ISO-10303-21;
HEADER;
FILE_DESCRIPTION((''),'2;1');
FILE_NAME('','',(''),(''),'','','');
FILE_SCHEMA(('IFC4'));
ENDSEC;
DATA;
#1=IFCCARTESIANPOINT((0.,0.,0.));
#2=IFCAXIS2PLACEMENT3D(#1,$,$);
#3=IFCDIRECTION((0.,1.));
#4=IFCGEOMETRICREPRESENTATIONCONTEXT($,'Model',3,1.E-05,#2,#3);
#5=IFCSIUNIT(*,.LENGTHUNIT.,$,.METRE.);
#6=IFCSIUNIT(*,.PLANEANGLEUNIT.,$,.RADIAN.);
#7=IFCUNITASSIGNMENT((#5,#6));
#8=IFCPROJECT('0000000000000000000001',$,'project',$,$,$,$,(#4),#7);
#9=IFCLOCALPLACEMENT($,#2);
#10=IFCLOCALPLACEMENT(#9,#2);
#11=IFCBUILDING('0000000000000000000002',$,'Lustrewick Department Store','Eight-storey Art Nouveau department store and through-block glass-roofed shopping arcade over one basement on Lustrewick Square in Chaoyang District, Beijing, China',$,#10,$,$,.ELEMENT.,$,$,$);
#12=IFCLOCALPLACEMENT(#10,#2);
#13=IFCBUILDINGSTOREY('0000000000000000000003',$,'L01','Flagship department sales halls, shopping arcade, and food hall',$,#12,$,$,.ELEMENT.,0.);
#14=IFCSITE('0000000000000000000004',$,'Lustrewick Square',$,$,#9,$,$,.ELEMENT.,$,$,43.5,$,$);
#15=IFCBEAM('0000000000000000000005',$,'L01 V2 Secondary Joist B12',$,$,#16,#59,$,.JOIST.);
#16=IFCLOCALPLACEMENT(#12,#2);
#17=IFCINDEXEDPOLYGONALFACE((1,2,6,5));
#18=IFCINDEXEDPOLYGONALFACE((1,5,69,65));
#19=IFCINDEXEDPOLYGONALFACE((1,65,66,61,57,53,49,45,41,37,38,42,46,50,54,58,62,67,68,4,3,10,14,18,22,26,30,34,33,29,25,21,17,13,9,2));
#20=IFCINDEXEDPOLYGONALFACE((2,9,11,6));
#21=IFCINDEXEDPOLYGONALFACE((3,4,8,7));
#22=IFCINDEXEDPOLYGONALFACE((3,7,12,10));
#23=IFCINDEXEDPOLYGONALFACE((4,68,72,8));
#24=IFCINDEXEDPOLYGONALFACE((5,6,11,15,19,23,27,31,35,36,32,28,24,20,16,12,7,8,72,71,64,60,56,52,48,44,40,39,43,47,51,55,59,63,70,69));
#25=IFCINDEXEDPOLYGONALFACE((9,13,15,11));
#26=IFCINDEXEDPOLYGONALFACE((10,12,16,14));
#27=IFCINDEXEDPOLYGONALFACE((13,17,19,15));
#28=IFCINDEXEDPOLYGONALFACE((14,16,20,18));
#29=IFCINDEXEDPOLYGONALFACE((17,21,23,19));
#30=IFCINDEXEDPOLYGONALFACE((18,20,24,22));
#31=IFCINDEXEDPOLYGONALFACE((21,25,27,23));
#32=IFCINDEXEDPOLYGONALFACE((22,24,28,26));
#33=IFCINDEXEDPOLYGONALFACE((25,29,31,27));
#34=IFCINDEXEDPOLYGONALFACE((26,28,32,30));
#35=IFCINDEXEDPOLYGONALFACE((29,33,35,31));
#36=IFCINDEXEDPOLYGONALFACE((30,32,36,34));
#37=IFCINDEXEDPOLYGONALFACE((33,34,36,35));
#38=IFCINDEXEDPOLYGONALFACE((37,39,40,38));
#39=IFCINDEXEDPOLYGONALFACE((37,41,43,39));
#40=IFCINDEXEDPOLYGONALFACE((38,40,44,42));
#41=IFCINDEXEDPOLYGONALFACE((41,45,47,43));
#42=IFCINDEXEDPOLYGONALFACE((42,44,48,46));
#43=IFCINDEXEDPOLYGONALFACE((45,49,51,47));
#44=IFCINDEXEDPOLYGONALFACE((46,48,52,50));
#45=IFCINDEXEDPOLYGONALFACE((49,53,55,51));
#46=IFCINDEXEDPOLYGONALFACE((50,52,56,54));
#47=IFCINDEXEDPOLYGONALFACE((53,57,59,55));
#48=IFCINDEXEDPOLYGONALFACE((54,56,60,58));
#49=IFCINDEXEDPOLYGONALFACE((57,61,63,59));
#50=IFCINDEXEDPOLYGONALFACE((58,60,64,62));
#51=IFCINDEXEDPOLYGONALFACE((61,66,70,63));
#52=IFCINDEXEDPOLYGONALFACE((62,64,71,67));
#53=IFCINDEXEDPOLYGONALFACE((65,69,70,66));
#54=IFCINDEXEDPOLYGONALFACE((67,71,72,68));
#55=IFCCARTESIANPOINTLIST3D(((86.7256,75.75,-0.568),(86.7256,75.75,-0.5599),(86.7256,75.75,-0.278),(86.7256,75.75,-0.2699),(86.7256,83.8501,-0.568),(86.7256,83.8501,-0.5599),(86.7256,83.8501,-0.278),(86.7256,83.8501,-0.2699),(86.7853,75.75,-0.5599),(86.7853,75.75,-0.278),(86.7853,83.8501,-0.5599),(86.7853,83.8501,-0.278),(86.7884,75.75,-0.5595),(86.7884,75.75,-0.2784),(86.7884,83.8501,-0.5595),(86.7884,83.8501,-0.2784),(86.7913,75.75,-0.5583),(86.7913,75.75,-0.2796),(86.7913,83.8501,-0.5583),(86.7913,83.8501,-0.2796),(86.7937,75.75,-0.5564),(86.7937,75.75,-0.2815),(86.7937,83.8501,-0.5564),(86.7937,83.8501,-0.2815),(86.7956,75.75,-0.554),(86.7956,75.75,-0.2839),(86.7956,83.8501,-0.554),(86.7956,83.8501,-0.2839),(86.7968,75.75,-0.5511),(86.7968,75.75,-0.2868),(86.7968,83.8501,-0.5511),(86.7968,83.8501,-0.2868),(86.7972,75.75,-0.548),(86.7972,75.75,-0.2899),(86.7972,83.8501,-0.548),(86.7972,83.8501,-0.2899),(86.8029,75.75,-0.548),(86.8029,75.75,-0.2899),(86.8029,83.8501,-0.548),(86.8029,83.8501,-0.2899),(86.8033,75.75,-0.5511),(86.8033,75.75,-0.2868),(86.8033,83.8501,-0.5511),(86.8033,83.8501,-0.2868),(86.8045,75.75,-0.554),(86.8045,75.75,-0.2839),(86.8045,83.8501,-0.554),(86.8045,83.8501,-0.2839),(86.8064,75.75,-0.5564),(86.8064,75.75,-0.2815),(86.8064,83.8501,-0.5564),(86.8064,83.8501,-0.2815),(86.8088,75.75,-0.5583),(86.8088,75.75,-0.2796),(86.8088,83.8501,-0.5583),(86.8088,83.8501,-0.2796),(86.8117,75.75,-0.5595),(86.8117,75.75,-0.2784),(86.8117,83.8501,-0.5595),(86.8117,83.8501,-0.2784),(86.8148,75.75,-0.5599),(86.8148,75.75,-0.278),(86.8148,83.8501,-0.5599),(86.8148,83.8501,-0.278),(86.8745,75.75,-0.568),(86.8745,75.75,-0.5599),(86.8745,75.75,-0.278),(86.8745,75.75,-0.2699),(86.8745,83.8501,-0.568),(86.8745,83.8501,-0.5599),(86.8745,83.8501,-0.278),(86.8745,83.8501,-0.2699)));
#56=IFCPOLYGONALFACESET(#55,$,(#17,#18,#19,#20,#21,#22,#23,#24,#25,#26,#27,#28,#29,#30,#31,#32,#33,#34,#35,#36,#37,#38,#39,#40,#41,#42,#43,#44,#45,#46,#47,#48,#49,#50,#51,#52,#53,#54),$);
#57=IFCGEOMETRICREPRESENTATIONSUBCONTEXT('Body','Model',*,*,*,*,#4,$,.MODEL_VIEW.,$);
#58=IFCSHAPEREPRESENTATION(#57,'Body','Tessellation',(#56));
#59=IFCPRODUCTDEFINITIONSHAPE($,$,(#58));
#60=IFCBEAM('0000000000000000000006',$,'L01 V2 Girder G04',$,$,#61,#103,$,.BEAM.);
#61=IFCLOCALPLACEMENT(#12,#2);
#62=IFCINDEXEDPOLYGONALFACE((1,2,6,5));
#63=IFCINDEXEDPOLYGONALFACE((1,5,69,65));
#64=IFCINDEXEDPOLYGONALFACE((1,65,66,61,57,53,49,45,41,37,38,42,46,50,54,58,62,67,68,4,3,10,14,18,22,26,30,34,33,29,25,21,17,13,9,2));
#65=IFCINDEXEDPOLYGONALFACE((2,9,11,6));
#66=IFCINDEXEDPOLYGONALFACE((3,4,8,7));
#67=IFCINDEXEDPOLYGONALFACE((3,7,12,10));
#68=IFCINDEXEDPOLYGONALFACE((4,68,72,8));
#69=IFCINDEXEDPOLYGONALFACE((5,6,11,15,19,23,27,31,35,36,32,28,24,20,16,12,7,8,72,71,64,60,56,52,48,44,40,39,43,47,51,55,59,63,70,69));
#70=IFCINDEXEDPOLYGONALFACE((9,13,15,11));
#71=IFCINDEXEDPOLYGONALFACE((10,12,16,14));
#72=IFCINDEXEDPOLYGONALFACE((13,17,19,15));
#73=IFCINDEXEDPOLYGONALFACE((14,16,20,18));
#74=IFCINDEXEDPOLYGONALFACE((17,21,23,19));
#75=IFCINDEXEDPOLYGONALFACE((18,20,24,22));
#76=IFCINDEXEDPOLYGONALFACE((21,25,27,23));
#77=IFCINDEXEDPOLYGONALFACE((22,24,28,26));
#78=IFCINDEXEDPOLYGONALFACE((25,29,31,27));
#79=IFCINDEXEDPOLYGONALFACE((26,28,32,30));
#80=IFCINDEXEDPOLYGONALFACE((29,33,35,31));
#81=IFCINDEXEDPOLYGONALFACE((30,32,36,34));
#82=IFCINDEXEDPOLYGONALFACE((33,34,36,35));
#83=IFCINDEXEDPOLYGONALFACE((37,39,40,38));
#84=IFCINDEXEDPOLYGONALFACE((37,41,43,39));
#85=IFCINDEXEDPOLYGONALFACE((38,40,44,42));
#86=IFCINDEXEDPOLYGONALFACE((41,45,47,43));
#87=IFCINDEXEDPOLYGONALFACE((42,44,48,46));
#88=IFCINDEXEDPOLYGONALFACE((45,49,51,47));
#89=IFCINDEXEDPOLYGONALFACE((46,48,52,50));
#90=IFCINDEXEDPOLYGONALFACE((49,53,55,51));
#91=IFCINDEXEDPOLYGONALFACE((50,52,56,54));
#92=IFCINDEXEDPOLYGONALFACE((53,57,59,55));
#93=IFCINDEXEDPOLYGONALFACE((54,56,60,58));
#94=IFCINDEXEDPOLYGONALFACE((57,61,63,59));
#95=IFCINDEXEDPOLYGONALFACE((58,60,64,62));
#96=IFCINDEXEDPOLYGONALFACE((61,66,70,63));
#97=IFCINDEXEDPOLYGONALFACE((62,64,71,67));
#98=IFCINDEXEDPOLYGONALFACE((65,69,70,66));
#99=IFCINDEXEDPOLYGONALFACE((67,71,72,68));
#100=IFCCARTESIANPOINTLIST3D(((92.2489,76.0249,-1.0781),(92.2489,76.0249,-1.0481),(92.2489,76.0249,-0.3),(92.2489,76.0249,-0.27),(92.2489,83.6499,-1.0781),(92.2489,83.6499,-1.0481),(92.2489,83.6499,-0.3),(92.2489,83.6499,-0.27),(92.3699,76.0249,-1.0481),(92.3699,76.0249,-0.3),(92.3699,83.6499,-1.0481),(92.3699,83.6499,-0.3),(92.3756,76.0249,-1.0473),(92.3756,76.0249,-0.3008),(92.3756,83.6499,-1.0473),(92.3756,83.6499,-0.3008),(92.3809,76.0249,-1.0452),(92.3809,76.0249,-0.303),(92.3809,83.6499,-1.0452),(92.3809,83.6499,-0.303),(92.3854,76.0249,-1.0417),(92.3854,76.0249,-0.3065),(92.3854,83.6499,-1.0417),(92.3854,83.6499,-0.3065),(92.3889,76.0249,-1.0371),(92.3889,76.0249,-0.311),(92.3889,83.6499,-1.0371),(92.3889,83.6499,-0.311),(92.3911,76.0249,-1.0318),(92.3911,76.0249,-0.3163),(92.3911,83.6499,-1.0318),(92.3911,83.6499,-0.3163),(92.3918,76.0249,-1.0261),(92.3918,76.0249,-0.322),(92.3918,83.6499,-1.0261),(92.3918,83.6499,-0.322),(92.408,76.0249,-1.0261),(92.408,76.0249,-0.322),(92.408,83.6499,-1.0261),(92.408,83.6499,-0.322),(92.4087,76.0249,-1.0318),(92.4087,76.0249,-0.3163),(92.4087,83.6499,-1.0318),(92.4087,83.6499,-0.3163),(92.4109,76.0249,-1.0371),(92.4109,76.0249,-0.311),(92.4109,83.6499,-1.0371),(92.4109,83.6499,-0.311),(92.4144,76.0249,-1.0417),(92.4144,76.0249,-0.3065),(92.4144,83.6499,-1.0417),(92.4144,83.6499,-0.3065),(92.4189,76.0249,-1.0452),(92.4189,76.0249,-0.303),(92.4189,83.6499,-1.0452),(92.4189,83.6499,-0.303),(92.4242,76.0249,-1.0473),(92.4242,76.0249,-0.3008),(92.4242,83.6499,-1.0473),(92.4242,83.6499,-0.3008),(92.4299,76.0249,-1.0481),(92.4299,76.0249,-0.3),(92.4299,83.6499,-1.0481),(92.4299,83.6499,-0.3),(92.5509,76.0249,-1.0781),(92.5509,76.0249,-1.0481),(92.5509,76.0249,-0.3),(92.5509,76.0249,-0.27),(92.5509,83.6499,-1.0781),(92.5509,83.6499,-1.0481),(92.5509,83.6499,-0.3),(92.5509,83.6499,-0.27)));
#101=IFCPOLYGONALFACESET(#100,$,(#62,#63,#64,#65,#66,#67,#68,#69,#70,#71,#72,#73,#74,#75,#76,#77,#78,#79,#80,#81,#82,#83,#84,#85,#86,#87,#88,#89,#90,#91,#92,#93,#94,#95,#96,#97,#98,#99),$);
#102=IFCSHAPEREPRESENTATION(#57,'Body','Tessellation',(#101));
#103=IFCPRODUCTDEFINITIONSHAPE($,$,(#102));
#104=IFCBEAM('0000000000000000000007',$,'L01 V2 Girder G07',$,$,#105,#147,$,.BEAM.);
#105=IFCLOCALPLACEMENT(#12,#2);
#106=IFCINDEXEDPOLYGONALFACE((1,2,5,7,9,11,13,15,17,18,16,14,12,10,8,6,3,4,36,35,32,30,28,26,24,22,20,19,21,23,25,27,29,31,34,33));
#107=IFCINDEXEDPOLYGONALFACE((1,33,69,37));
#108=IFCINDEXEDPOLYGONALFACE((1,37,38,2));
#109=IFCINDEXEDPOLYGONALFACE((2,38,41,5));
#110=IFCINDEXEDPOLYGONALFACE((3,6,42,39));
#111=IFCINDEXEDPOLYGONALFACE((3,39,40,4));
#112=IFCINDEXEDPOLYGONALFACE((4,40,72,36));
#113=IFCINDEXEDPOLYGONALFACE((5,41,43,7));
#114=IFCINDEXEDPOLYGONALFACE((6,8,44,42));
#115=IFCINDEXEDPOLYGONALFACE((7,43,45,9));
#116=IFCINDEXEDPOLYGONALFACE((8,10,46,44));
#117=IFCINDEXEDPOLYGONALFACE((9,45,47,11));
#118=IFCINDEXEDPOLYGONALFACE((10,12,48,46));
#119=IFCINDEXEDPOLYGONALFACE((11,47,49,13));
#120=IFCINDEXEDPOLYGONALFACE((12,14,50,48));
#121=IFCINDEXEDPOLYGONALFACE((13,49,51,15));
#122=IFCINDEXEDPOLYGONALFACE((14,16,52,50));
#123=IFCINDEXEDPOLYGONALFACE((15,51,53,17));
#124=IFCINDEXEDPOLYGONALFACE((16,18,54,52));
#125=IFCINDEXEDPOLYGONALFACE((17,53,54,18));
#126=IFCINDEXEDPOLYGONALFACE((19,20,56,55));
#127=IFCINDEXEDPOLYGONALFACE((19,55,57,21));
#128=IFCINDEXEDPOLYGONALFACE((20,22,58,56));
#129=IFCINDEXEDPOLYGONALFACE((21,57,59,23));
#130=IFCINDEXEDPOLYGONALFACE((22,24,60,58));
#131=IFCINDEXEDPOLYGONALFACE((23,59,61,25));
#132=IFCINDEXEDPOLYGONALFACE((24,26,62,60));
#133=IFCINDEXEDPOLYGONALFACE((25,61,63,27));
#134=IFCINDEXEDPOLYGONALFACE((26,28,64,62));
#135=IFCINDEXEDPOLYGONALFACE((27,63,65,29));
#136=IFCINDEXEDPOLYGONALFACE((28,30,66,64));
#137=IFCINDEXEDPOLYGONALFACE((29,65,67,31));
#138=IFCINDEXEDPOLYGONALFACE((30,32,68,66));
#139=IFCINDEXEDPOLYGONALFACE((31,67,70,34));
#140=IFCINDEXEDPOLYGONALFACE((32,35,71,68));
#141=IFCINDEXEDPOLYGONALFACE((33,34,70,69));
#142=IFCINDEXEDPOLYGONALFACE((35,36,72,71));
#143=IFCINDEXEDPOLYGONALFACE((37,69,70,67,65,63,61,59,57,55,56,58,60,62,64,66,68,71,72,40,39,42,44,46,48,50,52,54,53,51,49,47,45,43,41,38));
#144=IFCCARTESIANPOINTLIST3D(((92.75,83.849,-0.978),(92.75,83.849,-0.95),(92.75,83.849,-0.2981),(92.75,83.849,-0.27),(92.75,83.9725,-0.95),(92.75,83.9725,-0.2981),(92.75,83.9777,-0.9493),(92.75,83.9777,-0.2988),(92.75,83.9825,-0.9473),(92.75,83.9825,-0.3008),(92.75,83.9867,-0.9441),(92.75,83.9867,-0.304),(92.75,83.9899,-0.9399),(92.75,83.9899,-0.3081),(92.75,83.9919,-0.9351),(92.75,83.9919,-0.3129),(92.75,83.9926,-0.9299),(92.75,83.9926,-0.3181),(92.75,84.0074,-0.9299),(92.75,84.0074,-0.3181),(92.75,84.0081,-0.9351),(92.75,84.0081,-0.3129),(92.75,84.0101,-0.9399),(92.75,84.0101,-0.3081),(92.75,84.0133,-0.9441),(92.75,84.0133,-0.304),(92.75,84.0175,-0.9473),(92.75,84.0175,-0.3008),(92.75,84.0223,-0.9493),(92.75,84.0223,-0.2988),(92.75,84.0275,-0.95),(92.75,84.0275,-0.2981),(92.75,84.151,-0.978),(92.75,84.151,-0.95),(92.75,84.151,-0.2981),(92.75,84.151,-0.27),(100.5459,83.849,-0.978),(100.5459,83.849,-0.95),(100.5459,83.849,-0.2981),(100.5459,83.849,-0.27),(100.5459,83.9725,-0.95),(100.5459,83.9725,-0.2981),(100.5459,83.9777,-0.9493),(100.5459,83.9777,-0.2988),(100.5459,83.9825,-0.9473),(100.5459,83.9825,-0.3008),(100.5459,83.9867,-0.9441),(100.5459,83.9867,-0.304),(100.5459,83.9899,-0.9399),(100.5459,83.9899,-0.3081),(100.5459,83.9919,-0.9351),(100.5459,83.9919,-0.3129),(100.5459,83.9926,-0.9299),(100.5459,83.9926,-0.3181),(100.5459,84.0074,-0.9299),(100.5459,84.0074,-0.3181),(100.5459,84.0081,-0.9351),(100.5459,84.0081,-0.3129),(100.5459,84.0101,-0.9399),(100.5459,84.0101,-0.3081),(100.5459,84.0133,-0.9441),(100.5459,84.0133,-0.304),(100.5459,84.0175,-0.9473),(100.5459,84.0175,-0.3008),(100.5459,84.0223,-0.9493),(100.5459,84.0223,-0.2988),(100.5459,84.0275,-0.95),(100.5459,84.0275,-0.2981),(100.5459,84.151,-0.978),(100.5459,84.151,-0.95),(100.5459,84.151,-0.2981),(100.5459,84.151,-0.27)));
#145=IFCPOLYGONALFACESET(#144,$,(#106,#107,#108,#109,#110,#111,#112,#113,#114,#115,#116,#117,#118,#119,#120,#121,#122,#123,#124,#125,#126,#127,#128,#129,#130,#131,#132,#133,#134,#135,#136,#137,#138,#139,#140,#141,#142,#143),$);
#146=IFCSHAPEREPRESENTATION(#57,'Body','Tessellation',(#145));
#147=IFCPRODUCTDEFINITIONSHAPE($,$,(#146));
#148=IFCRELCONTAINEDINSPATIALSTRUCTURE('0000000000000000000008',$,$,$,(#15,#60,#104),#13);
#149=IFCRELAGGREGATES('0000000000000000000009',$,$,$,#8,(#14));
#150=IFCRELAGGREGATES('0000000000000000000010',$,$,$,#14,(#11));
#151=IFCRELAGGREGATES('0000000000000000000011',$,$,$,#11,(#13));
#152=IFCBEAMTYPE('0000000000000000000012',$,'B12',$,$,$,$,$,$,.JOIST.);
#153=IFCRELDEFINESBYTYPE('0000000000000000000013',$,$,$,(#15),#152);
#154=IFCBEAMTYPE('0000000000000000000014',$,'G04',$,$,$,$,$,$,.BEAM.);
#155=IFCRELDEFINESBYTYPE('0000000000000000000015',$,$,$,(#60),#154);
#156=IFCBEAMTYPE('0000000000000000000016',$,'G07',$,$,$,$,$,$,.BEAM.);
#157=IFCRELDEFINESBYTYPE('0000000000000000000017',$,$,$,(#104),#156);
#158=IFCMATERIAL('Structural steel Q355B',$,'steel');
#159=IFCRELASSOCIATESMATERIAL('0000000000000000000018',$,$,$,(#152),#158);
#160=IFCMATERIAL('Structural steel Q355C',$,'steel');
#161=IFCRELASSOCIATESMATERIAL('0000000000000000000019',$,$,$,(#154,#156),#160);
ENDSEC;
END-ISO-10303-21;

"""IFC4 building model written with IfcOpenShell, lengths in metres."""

from ifc_helpers import new_model, si_unit, direction, frame, origin, origin_2d, place, context, subcontext, project, spatial, i_section, extrude, material, material_profile, profile_set, type_object, element, save


model = new_model("IFC4")

# Units and contexts
model_context = context("Model", 3, precision=1e-05, world=origin(), true_north=direction((0.0, 1.0)))
body_context = subcontext(model_context, "Body", "Model", "MODEL_VIEW")
ifc_project = project(units=[si_unit("LENGTHUNIT", "METRE"), si_unit("PLANEANGLEUNIT", "RADIAN")], contexts=[model_context])

# Site, building, storey
site_placement = place(None, origin())
site = spatial("IfcSite", under=ifc_project, at=site_placement, Name="Lustrewick Square", CompositionType="ELEMENT", RefElevation=43.5)
building_placement = place(site_placement, origin())
building = spatial("IfcBuilding", under=site, at=building_placement, Name="Lustrewick Department Store", Description="Eight-storey Art Nouveau department store and through-block glass-roofed shopping arcade over one basement on Lustrewick Square in Chaoyang District, Beijing, China", CompositionType="ELEMENT")
storey_placement = place(building_placement, origin())
storey = spatial("IfcBuildingStorey", under=building, at=storey_placement, Name="L01", Description="Flagship department sales halls, shopping arcade, and food hall", CompositionType="ELEMENT", Elevation=0.0)

# Shared definitions
ifc_material_1 = material(Name="Structural steel Q355C", Category="steel")
ifc_material_2 = material(Name="Structural steel Q355B", Category="steel")

# Beams
ifc_material_profile_1 = material_profile(ifc_material_2, i_section(OverallWidth=0.1489, OverallDepth=0.2981, WebThickness=0.0056, FlangeThickness=0.0081, FilletRadius=0.012, at=origin_2d()), Name="HN 298x149x5.5x8")
ifc_profile_set_1 = profile_set([ifc_material_profile_1], Name="Structural steel Q355B")
beam_type_1 = type_object("IfcBeamType", Name="B12", PredefinedType="JOIST", material=ifc_profile_set_1)
beam_1_placement = place(storey_placement, frame((86.8, 75.75, -0.4189), z_axis=(0.0, 1.0, 0.0), x_axis=(-1.0, 0.0, 0.0)))
element("IfcBeam", 1, at=beam_1_placement, inside=storey, type_object=beam_type_1, Name="L01 V2 Secondary Joist B12", PredefinedType="JOIST", context=body_context, shape_type="SweptSolid", body=[
    extrude(i_section(OverallWidth=0.1489, OverallDepth=0.2981, WebThickness=0.0056, FlangeThickness=0.0081, FilletRadius=0.012, at=origin_2d()), origin(), (0.0, 0.0, 1.0), 8.1001),
])
ifc_material_profile_2 = material_profile(ifc_material_1, i_section(OverallWidth=0.302, OverallDepth=0.8081, WebThickness=0.0161, FlangeThickness=0.03, FilletRadius=0.022, at=origin_2d()), Name="HN 808x302x16x30")
ifc_profile_set_2 = profile_set([ifc_material_profile_2], Name="Structural steel Q355C")
beam_type_2 = type_object("IfcBeamType", Name="G04", PredefinedType="BEAM", material=ifc_profile_set_2)
beam_2_placement = place(storey_placement, frame((92.3999, 76.0249, -0.6741), z_axis=(0.0, 1.0, 0.0), x_axis=(-1.0, 0.0, 0.0)))
element("IfcBeam", 2, at=beam_2_placement, inside=storey, type_object=beam_type_2, Name="L01 V2 Girder G04", PredefinedType="BEAM", context=body_context, shape_type="SweptSolid", body=[
    extrude(i_section(OverallWidth=0.302, OverallDepth=0.8081, WebThickness=0.0161, FlangeThickness=0.03, FilletRadius=0.022, at=origin_2d()), origin(), (0.0, 0.0, 1.0), 7.625),
])
ifc_material_profile_3 = material_profile(ifc_material_1, i_section(OverallWidth=0.302, OverallDepth=0.708, WebThickness=0.0149, FlangeThickness=0.0281, FilletRadius=0.02, at=origin_2d()), Name="HN 708x302x15x28")
ifc_profile_set_3 = profile_set([ifc_material_profile_3], Name="Structural steel Q355C")
beam_type_3 = type_object("IfcBeamType", Name="G07", PredefinedType="BEAM", material=ifc_profile_set_3)
beam_3_placement = place(storey_placement, frame((92.75, 84.0, -0.624), z_axis=(1.0, 0.0, 0.0), x_axis=(0.0, 1.0, 0.0)))
element("IfcBeam", 3, at=beam_3_placement, inside=storey, type_object=beam_type_3, Name="L01 V2 Girder G07", PredefinedType="BEAM", context=body_context, shape_type="SweptSolid", body=[
    extrude(i_section(OverallWidth=0.302, OverallDepth=0.708, WebThickness=0.0149, FlangeThickness=0.0281, FilletRadius=0.02, at=origin_2d()), origin(), (0.0, 0.0, 1.0), 7.7959),
])

save(model, "model.ifc")
